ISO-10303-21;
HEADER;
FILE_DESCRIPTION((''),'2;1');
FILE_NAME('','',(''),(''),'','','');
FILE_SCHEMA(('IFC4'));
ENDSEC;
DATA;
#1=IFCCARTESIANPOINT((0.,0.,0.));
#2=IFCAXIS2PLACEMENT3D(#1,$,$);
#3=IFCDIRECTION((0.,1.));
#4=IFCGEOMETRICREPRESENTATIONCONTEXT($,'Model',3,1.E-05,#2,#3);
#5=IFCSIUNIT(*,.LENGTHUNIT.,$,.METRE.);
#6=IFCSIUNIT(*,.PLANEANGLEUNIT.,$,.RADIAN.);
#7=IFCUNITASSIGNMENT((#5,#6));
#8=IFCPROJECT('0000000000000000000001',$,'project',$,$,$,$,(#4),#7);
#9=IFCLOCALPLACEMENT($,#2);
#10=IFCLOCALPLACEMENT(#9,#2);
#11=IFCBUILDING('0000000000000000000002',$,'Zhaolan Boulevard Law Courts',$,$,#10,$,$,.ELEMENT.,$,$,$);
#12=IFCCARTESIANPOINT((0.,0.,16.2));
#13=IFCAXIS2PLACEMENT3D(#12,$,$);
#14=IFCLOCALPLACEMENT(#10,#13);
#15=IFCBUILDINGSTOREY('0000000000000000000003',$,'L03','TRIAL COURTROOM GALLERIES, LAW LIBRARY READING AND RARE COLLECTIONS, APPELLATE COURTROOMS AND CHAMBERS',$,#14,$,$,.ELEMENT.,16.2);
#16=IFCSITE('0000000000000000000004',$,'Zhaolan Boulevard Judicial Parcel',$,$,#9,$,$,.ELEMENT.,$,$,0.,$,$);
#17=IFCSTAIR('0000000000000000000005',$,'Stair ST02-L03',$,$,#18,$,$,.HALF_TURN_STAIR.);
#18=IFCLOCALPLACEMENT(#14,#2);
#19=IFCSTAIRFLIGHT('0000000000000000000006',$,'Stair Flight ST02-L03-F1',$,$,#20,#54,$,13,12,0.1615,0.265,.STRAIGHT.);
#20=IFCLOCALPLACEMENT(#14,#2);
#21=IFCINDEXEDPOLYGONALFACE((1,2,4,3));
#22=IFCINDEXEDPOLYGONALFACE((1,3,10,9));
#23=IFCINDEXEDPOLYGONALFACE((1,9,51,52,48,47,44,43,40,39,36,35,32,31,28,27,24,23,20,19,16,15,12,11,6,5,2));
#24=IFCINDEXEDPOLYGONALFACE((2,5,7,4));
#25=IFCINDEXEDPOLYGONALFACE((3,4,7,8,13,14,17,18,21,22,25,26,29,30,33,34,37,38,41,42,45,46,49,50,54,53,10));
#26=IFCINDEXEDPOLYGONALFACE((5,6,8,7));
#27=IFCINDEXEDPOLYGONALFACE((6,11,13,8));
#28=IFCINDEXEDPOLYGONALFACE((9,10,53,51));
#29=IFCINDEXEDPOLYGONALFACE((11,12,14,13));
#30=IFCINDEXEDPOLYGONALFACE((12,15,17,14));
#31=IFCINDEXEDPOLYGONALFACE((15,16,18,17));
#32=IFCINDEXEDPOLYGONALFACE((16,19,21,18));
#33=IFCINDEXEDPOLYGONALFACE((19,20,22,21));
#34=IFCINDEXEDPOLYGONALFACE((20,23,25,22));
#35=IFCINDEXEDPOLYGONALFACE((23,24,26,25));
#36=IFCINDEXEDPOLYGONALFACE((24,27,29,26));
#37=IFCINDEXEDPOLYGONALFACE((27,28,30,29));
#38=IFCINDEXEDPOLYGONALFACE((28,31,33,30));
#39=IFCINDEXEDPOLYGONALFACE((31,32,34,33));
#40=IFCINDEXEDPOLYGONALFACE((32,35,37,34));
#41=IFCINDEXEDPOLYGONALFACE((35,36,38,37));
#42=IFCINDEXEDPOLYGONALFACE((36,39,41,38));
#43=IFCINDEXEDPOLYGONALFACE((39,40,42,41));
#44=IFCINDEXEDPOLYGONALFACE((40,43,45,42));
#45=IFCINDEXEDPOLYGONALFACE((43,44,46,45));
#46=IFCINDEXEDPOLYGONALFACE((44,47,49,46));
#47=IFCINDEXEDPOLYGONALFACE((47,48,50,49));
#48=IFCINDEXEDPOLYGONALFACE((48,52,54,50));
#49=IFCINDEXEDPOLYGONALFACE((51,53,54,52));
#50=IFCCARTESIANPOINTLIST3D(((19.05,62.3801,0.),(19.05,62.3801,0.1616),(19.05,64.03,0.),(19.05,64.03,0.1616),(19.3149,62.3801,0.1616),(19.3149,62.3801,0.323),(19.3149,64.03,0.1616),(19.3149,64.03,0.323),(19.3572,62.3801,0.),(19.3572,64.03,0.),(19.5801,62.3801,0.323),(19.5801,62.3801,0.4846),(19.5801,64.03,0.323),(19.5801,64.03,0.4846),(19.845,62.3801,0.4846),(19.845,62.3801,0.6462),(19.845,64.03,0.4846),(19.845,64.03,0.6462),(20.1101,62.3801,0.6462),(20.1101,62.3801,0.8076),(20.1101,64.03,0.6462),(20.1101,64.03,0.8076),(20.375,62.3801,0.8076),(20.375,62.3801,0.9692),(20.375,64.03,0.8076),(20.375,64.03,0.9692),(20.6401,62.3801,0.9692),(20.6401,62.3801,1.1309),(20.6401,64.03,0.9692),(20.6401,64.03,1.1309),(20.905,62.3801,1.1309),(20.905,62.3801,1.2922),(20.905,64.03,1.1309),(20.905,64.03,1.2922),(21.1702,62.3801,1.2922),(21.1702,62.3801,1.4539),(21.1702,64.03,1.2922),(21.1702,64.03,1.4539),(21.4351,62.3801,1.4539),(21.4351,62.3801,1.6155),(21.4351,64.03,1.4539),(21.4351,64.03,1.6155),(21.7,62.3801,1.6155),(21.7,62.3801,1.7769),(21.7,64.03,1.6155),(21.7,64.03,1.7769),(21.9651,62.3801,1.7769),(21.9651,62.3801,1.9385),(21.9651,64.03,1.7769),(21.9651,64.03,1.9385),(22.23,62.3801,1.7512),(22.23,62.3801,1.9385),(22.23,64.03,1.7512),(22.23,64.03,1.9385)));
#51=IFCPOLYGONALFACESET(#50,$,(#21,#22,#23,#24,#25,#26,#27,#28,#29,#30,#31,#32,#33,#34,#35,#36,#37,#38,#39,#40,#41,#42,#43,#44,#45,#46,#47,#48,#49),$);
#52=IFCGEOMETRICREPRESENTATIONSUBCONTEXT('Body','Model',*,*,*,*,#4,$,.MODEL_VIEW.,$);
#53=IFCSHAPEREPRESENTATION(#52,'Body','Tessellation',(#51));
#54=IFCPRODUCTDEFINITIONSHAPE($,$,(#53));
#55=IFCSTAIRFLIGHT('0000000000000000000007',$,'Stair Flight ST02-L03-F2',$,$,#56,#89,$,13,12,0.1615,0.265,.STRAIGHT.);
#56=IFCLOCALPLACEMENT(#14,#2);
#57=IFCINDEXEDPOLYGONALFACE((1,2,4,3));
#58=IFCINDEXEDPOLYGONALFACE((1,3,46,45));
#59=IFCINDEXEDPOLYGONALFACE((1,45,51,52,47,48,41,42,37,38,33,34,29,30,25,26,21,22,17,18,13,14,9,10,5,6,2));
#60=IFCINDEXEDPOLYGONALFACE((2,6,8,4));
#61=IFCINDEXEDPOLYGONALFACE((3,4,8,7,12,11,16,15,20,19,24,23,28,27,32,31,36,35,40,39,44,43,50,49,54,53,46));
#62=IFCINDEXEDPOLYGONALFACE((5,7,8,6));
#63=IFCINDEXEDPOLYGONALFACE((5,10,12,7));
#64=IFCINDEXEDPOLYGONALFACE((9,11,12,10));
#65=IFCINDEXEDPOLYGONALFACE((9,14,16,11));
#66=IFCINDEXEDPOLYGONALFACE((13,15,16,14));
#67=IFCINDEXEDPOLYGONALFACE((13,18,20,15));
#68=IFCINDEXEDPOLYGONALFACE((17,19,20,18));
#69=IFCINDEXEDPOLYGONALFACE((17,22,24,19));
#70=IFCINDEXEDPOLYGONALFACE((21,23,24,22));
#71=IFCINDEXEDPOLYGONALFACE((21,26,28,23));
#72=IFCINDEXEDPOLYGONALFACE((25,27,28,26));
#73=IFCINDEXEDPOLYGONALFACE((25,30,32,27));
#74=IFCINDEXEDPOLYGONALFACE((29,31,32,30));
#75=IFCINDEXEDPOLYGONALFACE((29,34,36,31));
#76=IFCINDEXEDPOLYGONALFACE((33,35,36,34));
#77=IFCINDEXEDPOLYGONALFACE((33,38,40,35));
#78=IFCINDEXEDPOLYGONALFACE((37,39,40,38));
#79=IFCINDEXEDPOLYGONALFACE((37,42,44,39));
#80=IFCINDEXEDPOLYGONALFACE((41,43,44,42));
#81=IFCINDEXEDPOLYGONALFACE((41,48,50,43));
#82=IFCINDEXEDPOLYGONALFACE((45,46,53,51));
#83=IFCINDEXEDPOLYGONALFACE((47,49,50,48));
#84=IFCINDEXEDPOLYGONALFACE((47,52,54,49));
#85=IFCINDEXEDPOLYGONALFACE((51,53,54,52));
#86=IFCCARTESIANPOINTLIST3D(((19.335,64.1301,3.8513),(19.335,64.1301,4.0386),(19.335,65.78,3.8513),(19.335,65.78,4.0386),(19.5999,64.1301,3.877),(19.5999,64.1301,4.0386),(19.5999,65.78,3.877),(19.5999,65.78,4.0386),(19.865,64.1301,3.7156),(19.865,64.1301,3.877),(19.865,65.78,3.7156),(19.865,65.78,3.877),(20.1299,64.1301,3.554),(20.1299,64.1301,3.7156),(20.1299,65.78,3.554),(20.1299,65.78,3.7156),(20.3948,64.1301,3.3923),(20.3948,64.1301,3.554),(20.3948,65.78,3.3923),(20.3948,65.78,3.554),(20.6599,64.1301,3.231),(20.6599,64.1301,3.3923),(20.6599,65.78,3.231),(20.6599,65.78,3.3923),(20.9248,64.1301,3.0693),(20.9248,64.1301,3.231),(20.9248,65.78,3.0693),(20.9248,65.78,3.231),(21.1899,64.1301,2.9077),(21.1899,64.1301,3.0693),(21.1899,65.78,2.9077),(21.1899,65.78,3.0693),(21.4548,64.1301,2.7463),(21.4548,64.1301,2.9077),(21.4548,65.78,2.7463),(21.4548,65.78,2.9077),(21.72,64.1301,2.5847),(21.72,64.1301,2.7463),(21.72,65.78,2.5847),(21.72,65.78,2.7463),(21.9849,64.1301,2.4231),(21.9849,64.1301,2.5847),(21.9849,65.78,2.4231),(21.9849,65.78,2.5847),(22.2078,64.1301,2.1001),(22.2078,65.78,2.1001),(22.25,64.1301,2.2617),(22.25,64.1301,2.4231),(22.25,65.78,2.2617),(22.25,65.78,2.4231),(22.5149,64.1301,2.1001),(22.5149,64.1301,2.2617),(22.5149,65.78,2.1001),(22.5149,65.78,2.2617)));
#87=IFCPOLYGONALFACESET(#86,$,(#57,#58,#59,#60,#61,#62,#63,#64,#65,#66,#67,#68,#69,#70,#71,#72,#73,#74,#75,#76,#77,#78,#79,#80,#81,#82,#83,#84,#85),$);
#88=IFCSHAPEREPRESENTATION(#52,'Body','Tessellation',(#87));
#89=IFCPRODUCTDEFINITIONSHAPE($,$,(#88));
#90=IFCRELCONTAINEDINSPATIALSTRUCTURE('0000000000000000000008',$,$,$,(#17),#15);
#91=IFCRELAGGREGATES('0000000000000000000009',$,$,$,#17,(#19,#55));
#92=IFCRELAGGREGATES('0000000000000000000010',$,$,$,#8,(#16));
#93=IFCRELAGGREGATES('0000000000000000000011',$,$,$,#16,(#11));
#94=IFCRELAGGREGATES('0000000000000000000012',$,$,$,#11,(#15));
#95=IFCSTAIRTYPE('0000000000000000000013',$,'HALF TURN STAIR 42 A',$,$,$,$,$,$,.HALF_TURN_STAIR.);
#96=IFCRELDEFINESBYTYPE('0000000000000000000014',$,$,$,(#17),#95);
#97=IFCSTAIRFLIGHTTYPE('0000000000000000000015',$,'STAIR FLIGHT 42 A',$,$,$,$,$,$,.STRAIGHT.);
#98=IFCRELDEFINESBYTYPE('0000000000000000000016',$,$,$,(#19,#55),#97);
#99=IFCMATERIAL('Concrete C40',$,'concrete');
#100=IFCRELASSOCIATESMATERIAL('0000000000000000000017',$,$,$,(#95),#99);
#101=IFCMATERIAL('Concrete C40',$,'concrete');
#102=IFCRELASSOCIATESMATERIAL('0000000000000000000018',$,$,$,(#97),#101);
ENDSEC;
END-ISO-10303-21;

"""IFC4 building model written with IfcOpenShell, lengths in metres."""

from ifc_helpers import new_model, si_unit, direction, frame, origin, place, context, subcontext, project, spatial, polyline, outline, extrude, material, type_object, element, aggregate, save


model = new_model("IFC4")

# Units and contexts
model_context = context("Model", 3, precision=1e-05, world=origin(), true_north=direction((0.0, 1.0)))
body_context = subcontext(model_context, "Body", "Model", "MODEL_VIEW")
ifc_project = project(units=[si_unit("LENGTHUNIT", "METRE"), si_unit("PLANEANGLEUNIT", "RADIAN")], contexts=[model_context])

# Site, building, storey
site_placement = place(None, origin())
site = spatial("IfcSite", under=ifc_project, at=site_placement, Name="Zhaolan Boulevard Judicial Parcel", CompositionType="ELEMENT", RefElevation=0.0)
building_placement = place(site_placement, origin())
building = spatial("IfcBuilding", under=site, at=building_placement, Name="Zhaolan Boulevard Law Courts", CompositionType="ELEMENT")
storey_placement = place(building_placement, frame((0.0, 0.0, 16.2)))
storey = spatial("IfcBuildingStorey", under=building, at=storey_placement, Name="L03", Description="TRIAL COURTROOM GALLERIES, LAW LIBRARY READING AND RARE COLLECTIONS, APPELLATE COURTROOMS AND CHAMBERS", CompositionType="ELEMENT", Elevation=16.2)

# Stair, stair flights
ifc_material_1 = material(Name="Concrete C40", Category="concrete")
stair_type = type_object("IfcStairType", Name="HALF TURN STAIR 42 A", PredefinedType="HALF_TURN_STAIR", material=ifc_material_1)
stair_placement = place(storey_placement, origin())
stair = element("IfcStair", 1, at=stair_placement, inside=storey, type_object=stair_type, Name="Stair ST02-L03", PredefinedType="HALF_TURN_STAIR")
ifc_material_2 = material(Name="Concrete C40", Category="concrete")
stair_flight_type = type_object("IfcStairFlightType", Name="STAIR FLIGHT 42 A", PredefinedType="STRAIGHT", material=ifc_material_2)
stair_flight_1_placement = place(storey_placement, frame((19.05, 63.2051, 0.0), z_axis=(0.0, 0.0, 1.0), x_axis=(1.0, 0.0, 0.0)))
stair_flight_1 = element("IfcStairFlight", 2, at=stair_flight_1_placement, type_object=stair_flight_type, Name="Stair Flight ST02-L03-F1", NumberOfRisers=13, NumberOfTreads=12, PredefinedType="STRAIGHT", RiserHeight=0.1615, TreadLength=0.265, context=body_context, shape_type="SweptSolid", body=[
    extrude(outline(polyline([(0.0, 0.0), (0.0, 0.1616), (0.2649, 0.1616), (0.2649, 0.323), (0.53, 0.323), (0.53, 0.4846), (0.7949, 0.4846), (0.7949, 0.6462), (1.0601, 0.6462), (1.0601, 0.8076), (1.325, 0.8076), (1.325, 0.9692), (1.5901, 0.9692), (1.5901, 1.1309), (1.855, 1.1309), (1.855, 1.2922), (2.1201, 1.2922), (2.1201, 1.4539), (2.385, 1.4539), (2.385, 1.6155), (2.6499, 1.6155), (2.6499, 1.7769), (2.915, 1.7769), (2.915, 1.9385), (3.1799, 1.9385), (3.1799, 2.1001), (3.1799, 1.7512), (0.3071, 0.0), (0.0, 0.0)])), frame((0.0, 0.825, 0.0), z_axis=(0.0, -1.0, 0.0), x_axis=(1.0, 0.0, 0.0)), (0.0, 0.0, 1.0), 1.6499),
])
stair_flight_2_placement = place(storey_placement, frame((22.5149, 64.9551, 2.1001), z_axis=(0.0, 0.0, 1.0), x_axis=(-1.0, 0.0, 0.0)))
stair_flight_2 = element("IfcStairFlight", 3, at=stair_flight_2_placement, type_object=stair_flight_type, Name="Stair Flight ST02-L03-F2", NumberOfRisers=13, NumberOfTreads=12, PredefinedType="STRAIGHT", RiserHeight=0.1615, TreadLength=0.265, context=body_context, shape_type="SweptSolid", body=[
    extrude(outline(polyline([(0.0, 0.0), (0.0, 0.1616), (0.2649, 0.1616), (0.2649, 0.323), (0.53, 0.323), (0.53, 0.4846), (0.7949, 0.4846), (0.7949, 0.6462), (1.0601, 0.6462), (1.0601, 0.8076), (1.325, 0.8076), (1.325, 0.9692), (1.5901, 0.9692), (1.5901, 1.1309), (1.855, 1.1309), (1.855, 1.2922), (2.1201, 1.2922), (2.1201, 1.4539), (2.385, 1.4539), (2.385, 1.6155), (2.6499, 1.6155), (2.6499, 1.7769), (2.915, 1.7769), (2.915, 1.9385), (3.1799, 1.9385), (3.1799, 2.1001), (3.1799, 1.7512), (0.3071, 0.0), (0.0, 0.0)])), frame((0.0, 0.825, 0.0), z_axis=(0.0, -1.0, 0.0), x_axis=(1.0, 0.0, 0.0)), (0.0, 0.0, 1.0), 1.6499),
])
aggregate(stair, [stair_flight_1, stair_flight_2])

save(model, "model.ifc")
